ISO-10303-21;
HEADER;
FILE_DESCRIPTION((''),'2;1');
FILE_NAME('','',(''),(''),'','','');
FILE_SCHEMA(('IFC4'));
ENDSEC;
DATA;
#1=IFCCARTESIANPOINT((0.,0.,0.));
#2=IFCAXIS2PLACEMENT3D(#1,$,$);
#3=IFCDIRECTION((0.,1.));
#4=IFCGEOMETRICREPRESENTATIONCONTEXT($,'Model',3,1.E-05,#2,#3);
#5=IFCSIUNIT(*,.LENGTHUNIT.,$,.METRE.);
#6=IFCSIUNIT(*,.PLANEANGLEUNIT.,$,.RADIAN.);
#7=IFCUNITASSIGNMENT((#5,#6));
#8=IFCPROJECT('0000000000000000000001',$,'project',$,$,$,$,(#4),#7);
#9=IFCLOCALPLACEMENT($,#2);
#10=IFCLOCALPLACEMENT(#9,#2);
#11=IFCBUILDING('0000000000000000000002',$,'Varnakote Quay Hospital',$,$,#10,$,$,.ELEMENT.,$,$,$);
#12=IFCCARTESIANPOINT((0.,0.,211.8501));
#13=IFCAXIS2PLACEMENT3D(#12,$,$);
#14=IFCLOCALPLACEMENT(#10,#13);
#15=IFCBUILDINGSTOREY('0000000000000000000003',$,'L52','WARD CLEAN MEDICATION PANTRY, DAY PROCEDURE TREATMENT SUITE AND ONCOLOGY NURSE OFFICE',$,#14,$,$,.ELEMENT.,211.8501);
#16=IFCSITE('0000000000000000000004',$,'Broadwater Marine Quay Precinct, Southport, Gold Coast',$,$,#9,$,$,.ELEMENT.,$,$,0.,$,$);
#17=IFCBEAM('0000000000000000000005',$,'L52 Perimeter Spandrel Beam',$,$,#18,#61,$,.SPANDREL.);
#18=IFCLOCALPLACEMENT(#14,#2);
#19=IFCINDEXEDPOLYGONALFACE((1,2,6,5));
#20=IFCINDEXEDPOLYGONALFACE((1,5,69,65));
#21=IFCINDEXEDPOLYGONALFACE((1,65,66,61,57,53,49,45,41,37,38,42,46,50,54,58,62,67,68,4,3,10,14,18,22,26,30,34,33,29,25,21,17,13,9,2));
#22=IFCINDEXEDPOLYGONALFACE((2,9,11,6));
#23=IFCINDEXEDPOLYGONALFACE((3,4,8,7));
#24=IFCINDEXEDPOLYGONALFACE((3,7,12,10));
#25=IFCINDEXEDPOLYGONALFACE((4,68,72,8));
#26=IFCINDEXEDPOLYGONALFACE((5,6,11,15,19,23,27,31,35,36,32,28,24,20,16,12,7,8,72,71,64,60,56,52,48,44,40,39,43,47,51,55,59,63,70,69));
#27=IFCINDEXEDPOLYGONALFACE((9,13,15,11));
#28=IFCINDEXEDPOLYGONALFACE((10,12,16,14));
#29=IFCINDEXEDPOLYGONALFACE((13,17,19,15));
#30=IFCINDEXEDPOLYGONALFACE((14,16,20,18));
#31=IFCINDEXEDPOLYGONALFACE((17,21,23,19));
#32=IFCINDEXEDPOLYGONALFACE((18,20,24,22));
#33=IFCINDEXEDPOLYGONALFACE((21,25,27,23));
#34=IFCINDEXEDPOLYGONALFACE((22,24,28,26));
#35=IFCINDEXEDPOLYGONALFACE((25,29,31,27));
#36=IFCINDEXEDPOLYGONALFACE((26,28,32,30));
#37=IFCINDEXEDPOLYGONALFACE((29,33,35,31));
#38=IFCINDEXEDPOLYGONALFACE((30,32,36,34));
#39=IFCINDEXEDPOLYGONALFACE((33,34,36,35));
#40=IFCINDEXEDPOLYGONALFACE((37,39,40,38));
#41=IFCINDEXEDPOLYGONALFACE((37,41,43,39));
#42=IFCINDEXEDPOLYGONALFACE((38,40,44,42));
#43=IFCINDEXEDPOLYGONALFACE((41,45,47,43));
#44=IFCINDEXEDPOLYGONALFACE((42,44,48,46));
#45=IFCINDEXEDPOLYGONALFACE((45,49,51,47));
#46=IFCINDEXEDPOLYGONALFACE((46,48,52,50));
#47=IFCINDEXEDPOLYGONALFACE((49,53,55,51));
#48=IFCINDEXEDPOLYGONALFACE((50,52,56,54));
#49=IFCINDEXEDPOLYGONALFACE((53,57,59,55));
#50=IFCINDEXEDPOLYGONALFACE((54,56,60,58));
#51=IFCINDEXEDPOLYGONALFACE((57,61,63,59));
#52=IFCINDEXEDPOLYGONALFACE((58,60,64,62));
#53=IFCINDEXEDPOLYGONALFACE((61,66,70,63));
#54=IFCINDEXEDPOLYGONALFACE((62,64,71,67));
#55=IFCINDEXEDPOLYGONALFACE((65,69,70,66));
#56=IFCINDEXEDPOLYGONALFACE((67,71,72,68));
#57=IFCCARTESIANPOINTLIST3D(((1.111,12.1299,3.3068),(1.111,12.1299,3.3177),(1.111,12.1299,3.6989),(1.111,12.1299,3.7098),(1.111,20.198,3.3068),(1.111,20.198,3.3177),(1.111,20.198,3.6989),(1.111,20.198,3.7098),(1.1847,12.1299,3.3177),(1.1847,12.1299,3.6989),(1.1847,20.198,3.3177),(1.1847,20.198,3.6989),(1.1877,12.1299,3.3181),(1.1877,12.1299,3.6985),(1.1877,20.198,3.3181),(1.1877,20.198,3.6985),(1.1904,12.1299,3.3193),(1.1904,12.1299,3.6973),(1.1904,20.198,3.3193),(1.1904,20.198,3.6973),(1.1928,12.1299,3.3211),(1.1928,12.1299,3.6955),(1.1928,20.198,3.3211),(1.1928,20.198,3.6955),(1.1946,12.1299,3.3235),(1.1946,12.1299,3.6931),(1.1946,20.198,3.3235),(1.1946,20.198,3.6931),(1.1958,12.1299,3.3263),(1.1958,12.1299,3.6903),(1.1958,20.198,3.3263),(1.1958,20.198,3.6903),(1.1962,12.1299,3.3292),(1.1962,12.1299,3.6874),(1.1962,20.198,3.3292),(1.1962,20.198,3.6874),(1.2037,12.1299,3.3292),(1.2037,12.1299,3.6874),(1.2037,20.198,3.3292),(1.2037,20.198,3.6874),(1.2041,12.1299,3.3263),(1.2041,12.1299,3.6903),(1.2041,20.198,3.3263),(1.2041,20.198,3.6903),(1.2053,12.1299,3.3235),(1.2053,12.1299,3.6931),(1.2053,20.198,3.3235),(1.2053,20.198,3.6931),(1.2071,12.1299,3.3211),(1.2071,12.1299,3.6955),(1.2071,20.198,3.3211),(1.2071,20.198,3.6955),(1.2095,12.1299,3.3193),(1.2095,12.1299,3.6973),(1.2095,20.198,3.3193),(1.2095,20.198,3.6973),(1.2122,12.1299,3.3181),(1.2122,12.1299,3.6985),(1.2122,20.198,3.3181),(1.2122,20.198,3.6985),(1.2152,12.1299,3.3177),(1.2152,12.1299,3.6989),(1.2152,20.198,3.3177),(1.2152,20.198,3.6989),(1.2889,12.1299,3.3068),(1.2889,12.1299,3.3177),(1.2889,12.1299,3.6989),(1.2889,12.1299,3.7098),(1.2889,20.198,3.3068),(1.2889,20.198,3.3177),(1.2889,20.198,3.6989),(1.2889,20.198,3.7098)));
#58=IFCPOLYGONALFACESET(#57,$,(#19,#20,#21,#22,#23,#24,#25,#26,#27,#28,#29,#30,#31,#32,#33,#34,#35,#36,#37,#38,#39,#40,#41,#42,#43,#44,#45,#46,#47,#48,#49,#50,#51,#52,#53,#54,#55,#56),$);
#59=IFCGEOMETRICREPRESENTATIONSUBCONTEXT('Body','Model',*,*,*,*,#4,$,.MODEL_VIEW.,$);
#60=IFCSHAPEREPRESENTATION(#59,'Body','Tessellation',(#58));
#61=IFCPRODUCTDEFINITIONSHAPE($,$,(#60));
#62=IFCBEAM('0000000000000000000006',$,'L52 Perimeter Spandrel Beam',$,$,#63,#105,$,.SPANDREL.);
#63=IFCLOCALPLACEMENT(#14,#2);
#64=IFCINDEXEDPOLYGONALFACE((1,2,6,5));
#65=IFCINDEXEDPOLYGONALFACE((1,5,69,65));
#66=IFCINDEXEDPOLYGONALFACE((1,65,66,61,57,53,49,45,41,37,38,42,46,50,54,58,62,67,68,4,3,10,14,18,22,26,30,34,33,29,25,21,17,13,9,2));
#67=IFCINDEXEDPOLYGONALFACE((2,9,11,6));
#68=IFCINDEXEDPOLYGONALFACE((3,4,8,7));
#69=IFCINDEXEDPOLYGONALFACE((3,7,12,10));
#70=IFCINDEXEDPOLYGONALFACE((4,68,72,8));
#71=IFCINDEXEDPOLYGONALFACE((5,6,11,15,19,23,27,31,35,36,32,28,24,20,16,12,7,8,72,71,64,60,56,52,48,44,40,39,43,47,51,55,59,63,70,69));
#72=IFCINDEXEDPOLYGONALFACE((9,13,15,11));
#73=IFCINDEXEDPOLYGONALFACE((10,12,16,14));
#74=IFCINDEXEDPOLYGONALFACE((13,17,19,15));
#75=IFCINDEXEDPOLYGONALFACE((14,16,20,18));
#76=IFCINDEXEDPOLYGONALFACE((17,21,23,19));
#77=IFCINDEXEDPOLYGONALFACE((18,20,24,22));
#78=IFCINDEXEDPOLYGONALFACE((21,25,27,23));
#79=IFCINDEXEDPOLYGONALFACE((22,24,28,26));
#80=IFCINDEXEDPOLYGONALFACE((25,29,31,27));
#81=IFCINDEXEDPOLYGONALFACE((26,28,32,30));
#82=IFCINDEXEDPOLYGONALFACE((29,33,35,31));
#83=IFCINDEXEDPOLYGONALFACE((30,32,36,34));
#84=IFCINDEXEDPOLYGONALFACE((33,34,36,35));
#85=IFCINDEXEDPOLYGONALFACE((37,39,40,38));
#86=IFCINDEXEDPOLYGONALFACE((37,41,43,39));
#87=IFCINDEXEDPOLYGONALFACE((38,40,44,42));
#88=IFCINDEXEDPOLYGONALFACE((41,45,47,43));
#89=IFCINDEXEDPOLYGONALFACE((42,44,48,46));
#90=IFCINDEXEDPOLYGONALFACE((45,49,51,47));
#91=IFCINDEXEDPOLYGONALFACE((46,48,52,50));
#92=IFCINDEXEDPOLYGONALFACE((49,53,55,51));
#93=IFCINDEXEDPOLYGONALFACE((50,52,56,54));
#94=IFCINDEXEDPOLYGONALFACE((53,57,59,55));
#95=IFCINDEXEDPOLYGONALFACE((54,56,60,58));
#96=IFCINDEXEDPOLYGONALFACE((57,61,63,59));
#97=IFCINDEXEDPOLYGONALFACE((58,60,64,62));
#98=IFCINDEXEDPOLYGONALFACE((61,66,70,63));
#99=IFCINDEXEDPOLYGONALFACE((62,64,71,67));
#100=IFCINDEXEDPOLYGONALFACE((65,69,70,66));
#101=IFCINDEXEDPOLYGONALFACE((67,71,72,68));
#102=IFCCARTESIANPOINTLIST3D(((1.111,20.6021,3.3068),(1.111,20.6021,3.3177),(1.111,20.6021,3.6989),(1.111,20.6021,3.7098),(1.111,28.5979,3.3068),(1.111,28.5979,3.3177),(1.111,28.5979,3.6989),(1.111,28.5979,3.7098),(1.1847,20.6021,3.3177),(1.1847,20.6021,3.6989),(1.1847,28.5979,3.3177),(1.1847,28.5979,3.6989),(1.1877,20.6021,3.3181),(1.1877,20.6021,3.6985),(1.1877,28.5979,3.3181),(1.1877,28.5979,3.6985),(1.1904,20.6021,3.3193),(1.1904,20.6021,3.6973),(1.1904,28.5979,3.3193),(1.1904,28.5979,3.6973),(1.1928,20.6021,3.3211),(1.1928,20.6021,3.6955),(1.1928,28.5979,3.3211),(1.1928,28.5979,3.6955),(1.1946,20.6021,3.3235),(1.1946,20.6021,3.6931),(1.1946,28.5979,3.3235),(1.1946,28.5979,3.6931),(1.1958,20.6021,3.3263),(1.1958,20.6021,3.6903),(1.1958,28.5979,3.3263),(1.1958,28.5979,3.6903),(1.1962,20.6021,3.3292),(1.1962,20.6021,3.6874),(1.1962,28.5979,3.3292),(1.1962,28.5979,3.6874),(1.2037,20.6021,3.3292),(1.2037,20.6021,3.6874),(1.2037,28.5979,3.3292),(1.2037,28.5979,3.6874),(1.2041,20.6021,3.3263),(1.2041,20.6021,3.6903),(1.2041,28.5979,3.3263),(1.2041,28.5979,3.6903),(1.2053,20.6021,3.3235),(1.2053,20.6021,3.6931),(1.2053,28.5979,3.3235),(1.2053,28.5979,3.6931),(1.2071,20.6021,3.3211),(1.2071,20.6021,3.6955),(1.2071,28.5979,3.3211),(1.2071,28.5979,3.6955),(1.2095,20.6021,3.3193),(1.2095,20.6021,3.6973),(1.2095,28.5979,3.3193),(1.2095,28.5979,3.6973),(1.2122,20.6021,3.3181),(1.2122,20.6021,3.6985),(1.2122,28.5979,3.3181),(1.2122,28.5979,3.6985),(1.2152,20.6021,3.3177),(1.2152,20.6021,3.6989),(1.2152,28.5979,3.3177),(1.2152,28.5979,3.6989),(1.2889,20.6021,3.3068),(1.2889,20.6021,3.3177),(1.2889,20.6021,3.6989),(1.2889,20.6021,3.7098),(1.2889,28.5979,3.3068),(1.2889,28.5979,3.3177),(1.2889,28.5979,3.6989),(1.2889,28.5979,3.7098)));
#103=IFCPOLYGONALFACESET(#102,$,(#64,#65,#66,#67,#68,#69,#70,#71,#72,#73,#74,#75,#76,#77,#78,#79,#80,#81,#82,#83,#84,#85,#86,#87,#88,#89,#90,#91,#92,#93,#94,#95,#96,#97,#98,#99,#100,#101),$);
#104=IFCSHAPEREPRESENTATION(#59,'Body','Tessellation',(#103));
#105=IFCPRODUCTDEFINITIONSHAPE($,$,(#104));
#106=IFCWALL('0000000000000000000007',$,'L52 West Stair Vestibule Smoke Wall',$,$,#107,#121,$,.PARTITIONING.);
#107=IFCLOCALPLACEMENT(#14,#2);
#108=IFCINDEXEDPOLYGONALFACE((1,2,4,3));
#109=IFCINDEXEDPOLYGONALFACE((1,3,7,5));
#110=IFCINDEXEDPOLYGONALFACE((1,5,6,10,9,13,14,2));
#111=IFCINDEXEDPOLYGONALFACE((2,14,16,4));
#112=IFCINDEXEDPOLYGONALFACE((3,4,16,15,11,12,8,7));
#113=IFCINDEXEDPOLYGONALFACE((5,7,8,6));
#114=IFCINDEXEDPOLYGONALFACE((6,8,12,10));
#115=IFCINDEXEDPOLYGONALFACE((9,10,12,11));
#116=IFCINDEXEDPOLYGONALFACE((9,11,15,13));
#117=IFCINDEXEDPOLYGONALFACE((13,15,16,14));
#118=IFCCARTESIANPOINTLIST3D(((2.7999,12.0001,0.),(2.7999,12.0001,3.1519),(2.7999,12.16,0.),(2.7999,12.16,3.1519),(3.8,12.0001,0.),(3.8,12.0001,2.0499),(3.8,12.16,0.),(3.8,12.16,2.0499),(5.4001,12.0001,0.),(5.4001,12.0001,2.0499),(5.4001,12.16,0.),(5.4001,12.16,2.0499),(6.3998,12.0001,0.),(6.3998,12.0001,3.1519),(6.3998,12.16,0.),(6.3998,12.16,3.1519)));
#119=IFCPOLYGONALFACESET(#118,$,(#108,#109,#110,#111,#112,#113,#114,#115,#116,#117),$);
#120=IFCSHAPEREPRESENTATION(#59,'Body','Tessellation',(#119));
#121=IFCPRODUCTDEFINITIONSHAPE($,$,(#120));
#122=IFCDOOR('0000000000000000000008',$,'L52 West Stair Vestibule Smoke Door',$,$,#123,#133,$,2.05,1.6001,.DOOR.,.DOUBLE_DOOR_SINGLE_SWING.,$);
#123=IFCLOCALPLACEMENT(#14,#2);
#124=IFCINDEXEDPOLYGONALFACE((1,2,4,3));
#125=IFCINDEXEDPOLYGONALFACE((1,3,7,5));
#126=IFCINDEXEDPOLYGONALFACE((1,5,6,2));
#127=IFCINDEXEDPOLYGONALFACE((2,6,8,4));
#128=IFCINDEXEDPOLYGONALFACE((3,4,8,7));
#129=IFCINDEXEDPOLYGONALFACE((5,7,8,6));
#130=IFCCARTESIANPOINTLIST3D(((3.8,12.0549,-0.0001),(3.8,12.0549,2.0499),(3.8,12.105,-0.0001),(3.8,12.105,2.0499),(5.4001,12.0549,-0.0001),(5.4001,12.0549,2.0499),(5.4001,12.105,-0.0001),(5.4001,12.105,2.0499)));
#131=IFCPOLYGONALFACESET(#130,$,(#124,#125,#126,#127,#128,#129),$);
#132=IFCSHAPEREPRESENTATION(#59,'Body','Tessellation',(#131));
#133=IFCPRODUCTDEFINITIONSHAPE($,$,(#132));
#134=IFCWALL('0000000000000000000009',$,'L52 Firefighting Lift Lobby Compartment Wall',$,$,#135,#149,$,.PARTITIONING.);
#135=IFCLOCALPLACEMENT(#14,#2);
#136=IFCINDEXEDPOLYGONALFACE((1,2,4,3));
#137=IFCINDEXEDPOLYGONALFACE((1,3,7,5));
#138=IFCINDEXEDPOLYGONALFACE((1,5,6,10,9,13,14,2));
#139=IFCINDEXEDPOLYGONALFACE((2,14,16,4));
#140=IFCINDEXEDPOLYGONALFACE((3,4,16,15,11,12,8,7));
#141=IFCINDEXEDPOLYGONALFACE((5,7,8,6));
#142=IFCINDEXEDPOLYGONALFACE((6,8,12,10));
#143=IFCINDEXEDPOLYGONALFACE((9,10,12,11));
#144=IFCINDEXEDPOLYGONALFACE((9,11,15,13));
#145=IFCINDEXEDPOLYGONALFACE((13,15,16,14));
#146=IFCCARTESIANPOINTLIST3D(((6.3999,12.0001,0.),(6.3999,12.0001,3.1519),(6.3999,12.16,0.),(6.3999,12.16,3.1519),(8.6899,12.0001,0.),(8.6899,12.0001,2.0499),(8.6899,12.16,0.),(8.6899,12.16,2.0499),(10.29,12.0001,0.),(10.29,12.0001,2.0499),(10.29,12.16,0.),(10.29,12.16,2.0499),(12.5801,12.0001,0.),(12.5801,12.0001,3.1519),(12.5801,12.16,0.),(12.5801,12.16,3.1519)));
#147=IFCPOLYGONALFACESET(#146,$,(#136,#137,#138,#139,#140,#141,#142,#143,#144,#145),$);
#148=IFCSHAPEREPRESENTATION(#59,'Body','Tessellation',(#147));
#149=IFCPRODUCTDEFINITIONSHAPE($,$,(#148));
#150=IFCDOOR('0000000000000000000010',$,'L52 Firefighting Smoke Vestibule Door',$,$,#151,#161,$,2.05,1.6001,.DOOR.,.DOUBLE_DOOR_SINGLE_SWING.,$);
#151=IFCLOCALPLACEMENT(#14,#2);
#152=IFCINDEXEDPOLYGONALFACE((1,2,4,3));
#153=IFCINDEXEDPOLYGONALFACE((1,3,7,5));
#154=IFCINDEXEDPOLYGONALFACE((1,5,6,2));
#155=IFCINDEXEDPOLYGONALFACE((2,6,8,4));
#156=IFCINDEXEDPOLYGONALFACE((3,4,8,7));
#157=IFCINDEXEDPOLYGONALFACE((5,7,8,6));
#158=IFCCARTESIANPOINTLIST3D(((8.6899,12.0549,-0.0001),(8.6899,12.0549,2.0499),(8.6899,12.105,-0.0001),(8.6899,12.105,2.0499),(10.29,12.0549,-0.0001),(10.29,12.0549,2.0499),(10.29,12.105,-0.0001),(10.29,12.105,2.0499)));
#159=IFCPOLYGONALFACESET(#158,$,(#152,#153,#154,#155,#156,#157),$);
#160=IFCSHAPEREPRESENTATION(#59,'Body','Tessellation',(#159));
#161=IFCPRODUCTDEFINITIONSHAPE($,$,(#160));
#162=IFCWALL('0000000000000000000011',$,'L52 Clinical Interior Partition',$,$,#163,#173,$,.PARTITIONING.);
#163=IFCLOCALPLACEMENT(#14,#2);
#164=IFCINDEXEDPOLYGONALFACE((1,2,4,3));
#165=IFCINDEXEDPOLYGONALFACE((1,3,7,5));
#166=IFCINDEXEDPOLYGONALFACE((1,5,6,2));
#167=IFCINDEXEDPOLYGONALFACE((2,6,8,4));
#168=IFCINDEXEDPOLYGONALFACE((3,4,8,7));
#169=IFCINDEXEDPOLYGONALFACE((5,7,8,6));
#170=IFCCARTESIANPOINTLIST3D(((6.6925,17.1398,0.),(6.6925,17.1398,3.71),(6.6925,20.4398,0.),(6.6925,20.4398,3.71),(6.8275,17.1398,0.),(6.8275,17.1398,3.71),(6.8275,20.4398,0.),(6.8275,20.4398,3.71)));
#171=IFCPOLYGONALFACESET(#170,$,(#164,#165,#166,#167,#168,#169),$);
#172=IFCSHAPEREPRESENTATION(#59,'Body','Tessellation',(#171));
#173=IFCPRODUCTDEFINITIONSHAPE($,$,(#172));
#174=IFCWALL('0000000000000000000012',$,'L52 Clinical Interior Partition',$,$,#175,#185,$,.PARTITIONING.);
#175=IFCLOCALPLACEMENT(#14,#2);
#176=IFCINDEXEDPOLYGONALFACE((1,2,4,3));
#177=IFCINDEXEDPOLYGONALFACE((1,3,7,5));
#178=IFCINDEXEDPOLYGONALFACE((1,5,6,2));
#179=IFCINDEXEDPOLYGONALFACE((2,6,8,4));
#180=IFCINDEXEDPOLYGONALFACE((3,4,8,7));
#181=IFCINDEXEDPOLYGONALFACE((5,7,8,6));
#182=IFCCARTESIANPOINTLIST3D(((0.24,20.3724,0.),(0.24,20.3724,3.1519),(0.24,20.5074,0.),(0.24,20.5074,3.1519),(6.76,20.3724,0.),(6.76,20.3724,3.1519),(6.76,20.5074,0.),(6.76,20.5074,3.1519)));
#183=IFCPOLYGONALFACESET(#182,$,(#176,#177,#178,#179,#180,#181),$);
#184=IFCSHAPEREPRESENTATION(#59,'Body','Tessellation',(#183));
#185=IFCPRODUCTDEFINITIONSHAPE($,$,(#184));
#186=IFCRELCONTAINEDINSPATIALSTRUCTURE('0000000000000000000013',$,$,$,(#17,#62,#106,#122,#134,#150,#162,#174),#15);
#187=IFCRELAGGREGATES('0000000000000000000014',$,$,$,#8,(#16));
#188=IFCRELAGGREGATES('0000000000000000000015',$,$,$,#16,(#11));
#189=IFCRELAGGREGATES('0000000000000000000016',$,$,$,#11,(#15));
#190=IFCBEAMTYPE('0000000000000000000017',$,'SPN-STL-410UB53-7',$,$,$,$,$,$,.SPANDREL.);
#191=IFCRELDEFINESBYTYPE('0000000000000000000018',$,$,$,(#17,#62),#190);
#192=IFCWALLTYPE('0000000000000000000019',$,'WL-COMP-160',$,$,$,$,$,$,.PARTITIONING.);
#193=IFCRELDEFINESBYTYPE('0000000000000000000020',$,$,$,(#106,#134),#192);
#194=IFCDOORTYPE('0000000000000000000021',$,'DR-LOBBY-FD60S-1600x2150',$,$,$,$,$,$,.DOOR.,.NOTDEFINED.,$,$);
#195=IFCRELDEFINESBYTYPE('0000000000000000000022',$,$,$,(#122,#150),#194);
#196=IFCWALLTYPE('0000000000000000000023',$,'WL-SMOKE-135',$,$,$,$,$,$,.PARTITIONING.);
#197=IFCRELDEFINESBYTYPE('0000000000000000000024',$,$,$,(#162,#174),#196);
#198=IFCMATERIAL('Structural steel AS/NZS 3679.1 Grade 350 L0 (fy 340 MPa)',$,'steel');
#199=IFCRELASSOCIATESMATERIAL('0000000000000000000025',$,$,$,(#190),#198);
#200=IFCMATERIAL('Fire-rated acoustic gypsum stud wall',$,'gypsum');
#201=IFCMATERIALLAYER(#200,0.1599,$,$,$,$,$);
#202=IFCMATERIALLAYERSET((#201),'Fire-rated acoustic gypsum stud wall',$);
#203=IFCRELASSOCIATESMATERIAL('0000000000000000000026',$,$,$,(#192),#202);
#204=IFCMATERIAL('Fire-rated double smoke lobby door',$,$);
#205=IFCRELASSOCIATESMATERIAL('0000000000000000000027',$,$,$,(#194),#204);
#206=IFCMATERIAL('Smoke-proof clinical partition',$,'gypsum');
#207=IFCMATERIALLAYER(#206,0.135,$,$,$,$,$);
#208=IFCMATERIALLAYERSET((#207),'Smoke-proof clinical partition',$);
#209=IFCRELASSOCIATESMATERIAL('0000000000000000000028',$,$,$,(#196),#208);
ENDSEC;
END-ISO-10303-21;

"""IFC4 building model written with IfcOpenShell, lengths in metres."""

from ifc_helpers import new_model, si_unit, direction, frame, frame_2d, origin, origin_2d, place, context, subcontext, project, spatial, rectangle, i_section, extrude, material, layer, layer_set, material_profile, profile_set, type_object, element, fill, save


model = new_model("IFC4")

# Units and contexts
model_context = context("Model", 3, precision=1e-05, world=origin(), true_north=direction((0.0, 1.0)))
body_context = subcontext(model_context, "Body", "Model", "MODEL_VIEW")
ifc_project = project(units=[si_unit("LENGTHUNIT", "METRE"), si_unit("PLANEANGLEUNIT", "RADIAN")], contexts=[model_context])

# Site, building, storey
site_placement = place(None, origin())
site = spatial("IfcSite", under=ifc_project, at=site_placement, Name="Broadwater Marine Quay Precinct, Southport, Gold Coast", CompositionType="ELEMENT", RefElevation=0.0)
building_placement = place(site_placement, origin())
building = spatial("IfcBuilding", under=site, at=building_placement, Name="Varnakote Quay Hospital", CompositionType="ELEMENT")
storey_placement = place(building_placement, frame((0.0, 0.0, 211.8501)))
storey = spatial("IfcBuildingStorey", under=building, at=storey_placement, Name="L52", Description="WARD CLEAN MEDICATION PANTRY, DAY PROCEDURE TREATMENT SUITE AND ONCOLOGY NURSE OFFICE", CompositionType="ELEMENT", Elevation=211.8501)

# Beams
ifc_material_1 = material(Name="Structural steel AS/NZS 3679.1 Grade 350 L0 (fy 340 MPa)", Category="steel")
ifc_material_profile_1 = material_profile(ifc_material_1, i_section(OverallWidth=0.178, OverallDepth=0.4031, WebThickness=0.0076, FlangeThickness=0.011, FilletRadius=0.0115, at=origin_2d()), Name="410UB53.7")
ifc_profile_set_1 = profile_set([ifc_material_profile_1], Name="Structural steel AS/NZS 3679.1 Grade 350 L0 (fy 340 MPa)")
beam_type_1 = type_object("IfcBeamType", Name="SPN-STL-410UB53-7", PredefinedType="SPANDREL", material=ifc_profile_set_1)
beam_1_placement = place(storey_placement, frame((1.2, 12.1299, 3.5083), z_axis=(0.0, 1.0, 0.0), x_axis=(-1.0, 0.0, 0.0)))
element("IfcBeam", 1, at=beam_1_placement, inside=storey, type_object=beam_type_1, Name="L52 Perimeter Spandrel Beam", PredefinedType="SPANDREL", context=body_context, shape_type="SweptSolid", body=[
    extrude(i_section(OverallWidth=0.178, OverallDepth=0.4031, WebThickness=0.0076, FlangeThickness=0.011, FilletRadius=0.0115, at=origin_2d()), origin(), (0.0, 0.0, 1.0), 8.0681),
])
beam_2_placement = place(storey_placement, frame((1.2, 20.6021, 3.5083), z_axis=(0.0, 1.0, 0.0), x_axis=(-1.0, 0.0, 0.0)))
element("IfcBeam", 2, at=beam_2_placement, inside=storey, type_object=beam_type_1, Name="L52 Perimeter Spandrel Beam", PredefinedType="SPANDREL", context=body_context, shape_type="SweptSolid", body=[
    extrude(i_section(OverallWidth=0.178, OverallDepth=0.4031, WebThickness=0.0076, FlangeThickness=0.011, FilletRadius=0.0115, at=origin_2d()), origin(), (0.0, 0.0, 1.0), 7.9958),
])

# Walls, openings, doors
ifc_material_2 = material(Name="Fire-rated acoustic gypsum stud wall", Category="gypsum")
ifc_layer_1 = layer(ifc_material_2, 0.1599)
ifc_layer_set_1 = layer_set([ifc_layer_1], Name="Fire-rated acoustic gypsum stud wall")
wall_type_1 = type_object("IfcWallType", Name="WL-COMP-160", PredefinedType="PARTITIONING", material=ifc_layer_set_1)
wall_1_placement = place(storey_placement, frame((2.8, 12.0801, 0.0), z_axis=(0.0, 0.0, 1.0), x_axis=(1.0, 0.0, 0.0)))
wall_1 = element("IfcWall", 3, at=wall_1_placement, inside=storey, type_object=wall_type_1, Name="L52 West Stair Vestibule Smoke Wall", PredefinedType="PARTITIONING", context=body_context, shape_type="SweptSolid", body=[
    extrude(rectangle(XDim=3.5999, YDim=0.1599, at=frame_2d((1.7998, 0.0))), origin(), (0.0, 0.0, 1.0), 3.1519),
])
opening_1_placement = place(wall_1_placement, frame((1.0, 0.0, 0.0)))
opening_1 = element("IfcOpeningElement", 4, at=opening_1_placement, cuts=wall_1, PredefinedType="OPENING", context=body_context, shape_type="SweptSolid", body=[
    extrude(rectangle(XDim=1.6001, YDim=2.05, at=frame_2d((0.8, 1.0249))), frame((0.0, 0.0898, 0.0), z_axis=(0.0, -1.0, 0.0), x_axis=(1.0, 0.0, 0.0)), (0.0, 0.0, 1.0), 0.1799),
])
ifc_material_3 = material(Name="Fire-rated double smoke lobby door")
door_type_1 = type_object("IfcDoorType", Name="DR-LOBBY-FD60S-1600x2150", OperationType="NOTDEFINED", PredefinedType="DOOR", material=ifc_material_3)
door_1_placement = place(opening_1_placement, origin())
door_1 = element("IfcDoor", 5, at=door_1_placement, inside=storey, type_object=door_type_1, Name="L52 West Stair Vestibule Smoke Door", OperationType="DOUBLE_DOOR_SINGLE_SWING", OverallHeight=2.05, OverallWidth=1.6001, PredefinedType="DOOR", context=body_context, shape_type="SweptSolid", body=[
    extrude(rectangle(XDim=1.6001, YDim=2.05, at=frame_2d((0.8, 1.0249))), frame((0.0, 0.0249, 0.0), z_axis=(0.0, -1.0, 0.0), x_axis=(1.0, 0.0, 0.0)), (0.0, 0.0, 1.0), 0.05),
])
fill(opening_1, door_1)
wall_2_placement = place(storey_placement, frame((6.3999, 12.0801, 0.0), z_axis=(0.0, 0.0, 1.0), x_axis=(1.0, 0.0, 0.0)))
wall_2 = element("IfcWall", 6, at=wall_2_placement, inside=storey, type_object=wall_type_1, Name="L52 Firefighting Lift Lobby Compartment Wall", PredefinedType="PARTITIONING", context=body_context, shape_type="SweptSolid", body=[
    extrude(rectangle(XDim=6.1802, YDim=0.1599, at=frame_2d((3.0901, 0.0))), origin(), (0.0, 0.0, 1.0), 3.1519),
])
opening_2_placement = place(wall_2_placement, frame((2.29, 0.0, 0.0)))
opening_2 = element("IfcOpeningElement", 7, at=opening_2_placement, cuts=wall_2, PredefinedType="OPENING", context=body_context, shape_type="SweptSolid", body=[
    extrude(rectangle(XDim=1.6001, YDim=2.05, at=frame_2d((0.8, 1.0249))), frame((0.0, 0.0898, 0.0), z_axis=(0.0, -1.0, 0.0), x_axis=(1.0, 0.0, 0.0)), (0.0, 0.0, 1.0), 0.1799),
])
door_2_placement = place(opening_2_placement, origin())
door_2 = element("IfcDoor", 8, at=door_2_placement, inside=storey, type_object=door_type_1, Name="L52 Firefighting Smoke Vestibule Door", OperationType="DOUBLE_DOOR_SINGLE_SWING", OverallHeight=2.05, OverallWidth=1.6001, PredefinedType="DOOR", context=body_context, shape_type="SweptSolid", body=[
    extrude(rectangle(XDim=1.6001, YDim=2.05, at=frame_2d((0.8, 1.0249))), frame((0.0, 0.0249, 0.0), z_axis=(0.0, -1.0, 0.0), x_axis=(1.0, 0.0, 0.0)), (0.0, 0.0, 1.0), 0.05),
])
fill(opening_2, door_2)

# Walls
ifc_material_4 = material(Name="Smoke-proof clinical partition", Category="gypsum")
ifc_layer_2 = layer(ifc_material_4, 0.135)
ifc_layer_set_2 = layer_set([ifc_layer_2], Name="Smoke-proof clinical partition")
wall_type_2 = type_object("IfcWallType", Name="WL-SMOKE-135", PredefinedType="PARTITIONING", material=ifc_layer_set_2)
wall_3_placement = place(storey_placement, frame((6.76, 17.1399, 0.0), z_axis=(0.0, 0.0, 1.0), x_axis=(0.0, 1.0, 0.0)))
element("IfcWall", 9, at=wall_3_placement, inside=storey, type_object=wall_type_2, Name="L52 Clinical Interior Partition", PredefinedType="PARTITIONING", context=body_context, shape_type="SweptSolid", body=[
    extrude(rectangle(XDim=3.3, YDim=0.135, at=frame_2d((1.6499, 0.0))), origin(), (0.0, 0.0, 1.0), 3.71),
])
wall_4_placement = place(storey_placement, frame((6.76, 20.4399, 0.0), z_axis=(0.0, 0.0, 1.0), x_axis=(-1.0, 0.0, 0.0)))
element("IfcWall", 10, at=wall_4_placement, inside=storey, type_object=wall_type_2, Name="L52 Clinical Interior Partition", PredefinedType="PARTITIONING", context=body_context, shape_type="SweptSolid", body=[
    extrude(rectangle(XDim=6.52, YDim=0.135, at=frame_2d((3.26, 0.0))), origin(), (0.0, 0.0, 1.0), 3.1519),
])

save(model, "model.ifc")
